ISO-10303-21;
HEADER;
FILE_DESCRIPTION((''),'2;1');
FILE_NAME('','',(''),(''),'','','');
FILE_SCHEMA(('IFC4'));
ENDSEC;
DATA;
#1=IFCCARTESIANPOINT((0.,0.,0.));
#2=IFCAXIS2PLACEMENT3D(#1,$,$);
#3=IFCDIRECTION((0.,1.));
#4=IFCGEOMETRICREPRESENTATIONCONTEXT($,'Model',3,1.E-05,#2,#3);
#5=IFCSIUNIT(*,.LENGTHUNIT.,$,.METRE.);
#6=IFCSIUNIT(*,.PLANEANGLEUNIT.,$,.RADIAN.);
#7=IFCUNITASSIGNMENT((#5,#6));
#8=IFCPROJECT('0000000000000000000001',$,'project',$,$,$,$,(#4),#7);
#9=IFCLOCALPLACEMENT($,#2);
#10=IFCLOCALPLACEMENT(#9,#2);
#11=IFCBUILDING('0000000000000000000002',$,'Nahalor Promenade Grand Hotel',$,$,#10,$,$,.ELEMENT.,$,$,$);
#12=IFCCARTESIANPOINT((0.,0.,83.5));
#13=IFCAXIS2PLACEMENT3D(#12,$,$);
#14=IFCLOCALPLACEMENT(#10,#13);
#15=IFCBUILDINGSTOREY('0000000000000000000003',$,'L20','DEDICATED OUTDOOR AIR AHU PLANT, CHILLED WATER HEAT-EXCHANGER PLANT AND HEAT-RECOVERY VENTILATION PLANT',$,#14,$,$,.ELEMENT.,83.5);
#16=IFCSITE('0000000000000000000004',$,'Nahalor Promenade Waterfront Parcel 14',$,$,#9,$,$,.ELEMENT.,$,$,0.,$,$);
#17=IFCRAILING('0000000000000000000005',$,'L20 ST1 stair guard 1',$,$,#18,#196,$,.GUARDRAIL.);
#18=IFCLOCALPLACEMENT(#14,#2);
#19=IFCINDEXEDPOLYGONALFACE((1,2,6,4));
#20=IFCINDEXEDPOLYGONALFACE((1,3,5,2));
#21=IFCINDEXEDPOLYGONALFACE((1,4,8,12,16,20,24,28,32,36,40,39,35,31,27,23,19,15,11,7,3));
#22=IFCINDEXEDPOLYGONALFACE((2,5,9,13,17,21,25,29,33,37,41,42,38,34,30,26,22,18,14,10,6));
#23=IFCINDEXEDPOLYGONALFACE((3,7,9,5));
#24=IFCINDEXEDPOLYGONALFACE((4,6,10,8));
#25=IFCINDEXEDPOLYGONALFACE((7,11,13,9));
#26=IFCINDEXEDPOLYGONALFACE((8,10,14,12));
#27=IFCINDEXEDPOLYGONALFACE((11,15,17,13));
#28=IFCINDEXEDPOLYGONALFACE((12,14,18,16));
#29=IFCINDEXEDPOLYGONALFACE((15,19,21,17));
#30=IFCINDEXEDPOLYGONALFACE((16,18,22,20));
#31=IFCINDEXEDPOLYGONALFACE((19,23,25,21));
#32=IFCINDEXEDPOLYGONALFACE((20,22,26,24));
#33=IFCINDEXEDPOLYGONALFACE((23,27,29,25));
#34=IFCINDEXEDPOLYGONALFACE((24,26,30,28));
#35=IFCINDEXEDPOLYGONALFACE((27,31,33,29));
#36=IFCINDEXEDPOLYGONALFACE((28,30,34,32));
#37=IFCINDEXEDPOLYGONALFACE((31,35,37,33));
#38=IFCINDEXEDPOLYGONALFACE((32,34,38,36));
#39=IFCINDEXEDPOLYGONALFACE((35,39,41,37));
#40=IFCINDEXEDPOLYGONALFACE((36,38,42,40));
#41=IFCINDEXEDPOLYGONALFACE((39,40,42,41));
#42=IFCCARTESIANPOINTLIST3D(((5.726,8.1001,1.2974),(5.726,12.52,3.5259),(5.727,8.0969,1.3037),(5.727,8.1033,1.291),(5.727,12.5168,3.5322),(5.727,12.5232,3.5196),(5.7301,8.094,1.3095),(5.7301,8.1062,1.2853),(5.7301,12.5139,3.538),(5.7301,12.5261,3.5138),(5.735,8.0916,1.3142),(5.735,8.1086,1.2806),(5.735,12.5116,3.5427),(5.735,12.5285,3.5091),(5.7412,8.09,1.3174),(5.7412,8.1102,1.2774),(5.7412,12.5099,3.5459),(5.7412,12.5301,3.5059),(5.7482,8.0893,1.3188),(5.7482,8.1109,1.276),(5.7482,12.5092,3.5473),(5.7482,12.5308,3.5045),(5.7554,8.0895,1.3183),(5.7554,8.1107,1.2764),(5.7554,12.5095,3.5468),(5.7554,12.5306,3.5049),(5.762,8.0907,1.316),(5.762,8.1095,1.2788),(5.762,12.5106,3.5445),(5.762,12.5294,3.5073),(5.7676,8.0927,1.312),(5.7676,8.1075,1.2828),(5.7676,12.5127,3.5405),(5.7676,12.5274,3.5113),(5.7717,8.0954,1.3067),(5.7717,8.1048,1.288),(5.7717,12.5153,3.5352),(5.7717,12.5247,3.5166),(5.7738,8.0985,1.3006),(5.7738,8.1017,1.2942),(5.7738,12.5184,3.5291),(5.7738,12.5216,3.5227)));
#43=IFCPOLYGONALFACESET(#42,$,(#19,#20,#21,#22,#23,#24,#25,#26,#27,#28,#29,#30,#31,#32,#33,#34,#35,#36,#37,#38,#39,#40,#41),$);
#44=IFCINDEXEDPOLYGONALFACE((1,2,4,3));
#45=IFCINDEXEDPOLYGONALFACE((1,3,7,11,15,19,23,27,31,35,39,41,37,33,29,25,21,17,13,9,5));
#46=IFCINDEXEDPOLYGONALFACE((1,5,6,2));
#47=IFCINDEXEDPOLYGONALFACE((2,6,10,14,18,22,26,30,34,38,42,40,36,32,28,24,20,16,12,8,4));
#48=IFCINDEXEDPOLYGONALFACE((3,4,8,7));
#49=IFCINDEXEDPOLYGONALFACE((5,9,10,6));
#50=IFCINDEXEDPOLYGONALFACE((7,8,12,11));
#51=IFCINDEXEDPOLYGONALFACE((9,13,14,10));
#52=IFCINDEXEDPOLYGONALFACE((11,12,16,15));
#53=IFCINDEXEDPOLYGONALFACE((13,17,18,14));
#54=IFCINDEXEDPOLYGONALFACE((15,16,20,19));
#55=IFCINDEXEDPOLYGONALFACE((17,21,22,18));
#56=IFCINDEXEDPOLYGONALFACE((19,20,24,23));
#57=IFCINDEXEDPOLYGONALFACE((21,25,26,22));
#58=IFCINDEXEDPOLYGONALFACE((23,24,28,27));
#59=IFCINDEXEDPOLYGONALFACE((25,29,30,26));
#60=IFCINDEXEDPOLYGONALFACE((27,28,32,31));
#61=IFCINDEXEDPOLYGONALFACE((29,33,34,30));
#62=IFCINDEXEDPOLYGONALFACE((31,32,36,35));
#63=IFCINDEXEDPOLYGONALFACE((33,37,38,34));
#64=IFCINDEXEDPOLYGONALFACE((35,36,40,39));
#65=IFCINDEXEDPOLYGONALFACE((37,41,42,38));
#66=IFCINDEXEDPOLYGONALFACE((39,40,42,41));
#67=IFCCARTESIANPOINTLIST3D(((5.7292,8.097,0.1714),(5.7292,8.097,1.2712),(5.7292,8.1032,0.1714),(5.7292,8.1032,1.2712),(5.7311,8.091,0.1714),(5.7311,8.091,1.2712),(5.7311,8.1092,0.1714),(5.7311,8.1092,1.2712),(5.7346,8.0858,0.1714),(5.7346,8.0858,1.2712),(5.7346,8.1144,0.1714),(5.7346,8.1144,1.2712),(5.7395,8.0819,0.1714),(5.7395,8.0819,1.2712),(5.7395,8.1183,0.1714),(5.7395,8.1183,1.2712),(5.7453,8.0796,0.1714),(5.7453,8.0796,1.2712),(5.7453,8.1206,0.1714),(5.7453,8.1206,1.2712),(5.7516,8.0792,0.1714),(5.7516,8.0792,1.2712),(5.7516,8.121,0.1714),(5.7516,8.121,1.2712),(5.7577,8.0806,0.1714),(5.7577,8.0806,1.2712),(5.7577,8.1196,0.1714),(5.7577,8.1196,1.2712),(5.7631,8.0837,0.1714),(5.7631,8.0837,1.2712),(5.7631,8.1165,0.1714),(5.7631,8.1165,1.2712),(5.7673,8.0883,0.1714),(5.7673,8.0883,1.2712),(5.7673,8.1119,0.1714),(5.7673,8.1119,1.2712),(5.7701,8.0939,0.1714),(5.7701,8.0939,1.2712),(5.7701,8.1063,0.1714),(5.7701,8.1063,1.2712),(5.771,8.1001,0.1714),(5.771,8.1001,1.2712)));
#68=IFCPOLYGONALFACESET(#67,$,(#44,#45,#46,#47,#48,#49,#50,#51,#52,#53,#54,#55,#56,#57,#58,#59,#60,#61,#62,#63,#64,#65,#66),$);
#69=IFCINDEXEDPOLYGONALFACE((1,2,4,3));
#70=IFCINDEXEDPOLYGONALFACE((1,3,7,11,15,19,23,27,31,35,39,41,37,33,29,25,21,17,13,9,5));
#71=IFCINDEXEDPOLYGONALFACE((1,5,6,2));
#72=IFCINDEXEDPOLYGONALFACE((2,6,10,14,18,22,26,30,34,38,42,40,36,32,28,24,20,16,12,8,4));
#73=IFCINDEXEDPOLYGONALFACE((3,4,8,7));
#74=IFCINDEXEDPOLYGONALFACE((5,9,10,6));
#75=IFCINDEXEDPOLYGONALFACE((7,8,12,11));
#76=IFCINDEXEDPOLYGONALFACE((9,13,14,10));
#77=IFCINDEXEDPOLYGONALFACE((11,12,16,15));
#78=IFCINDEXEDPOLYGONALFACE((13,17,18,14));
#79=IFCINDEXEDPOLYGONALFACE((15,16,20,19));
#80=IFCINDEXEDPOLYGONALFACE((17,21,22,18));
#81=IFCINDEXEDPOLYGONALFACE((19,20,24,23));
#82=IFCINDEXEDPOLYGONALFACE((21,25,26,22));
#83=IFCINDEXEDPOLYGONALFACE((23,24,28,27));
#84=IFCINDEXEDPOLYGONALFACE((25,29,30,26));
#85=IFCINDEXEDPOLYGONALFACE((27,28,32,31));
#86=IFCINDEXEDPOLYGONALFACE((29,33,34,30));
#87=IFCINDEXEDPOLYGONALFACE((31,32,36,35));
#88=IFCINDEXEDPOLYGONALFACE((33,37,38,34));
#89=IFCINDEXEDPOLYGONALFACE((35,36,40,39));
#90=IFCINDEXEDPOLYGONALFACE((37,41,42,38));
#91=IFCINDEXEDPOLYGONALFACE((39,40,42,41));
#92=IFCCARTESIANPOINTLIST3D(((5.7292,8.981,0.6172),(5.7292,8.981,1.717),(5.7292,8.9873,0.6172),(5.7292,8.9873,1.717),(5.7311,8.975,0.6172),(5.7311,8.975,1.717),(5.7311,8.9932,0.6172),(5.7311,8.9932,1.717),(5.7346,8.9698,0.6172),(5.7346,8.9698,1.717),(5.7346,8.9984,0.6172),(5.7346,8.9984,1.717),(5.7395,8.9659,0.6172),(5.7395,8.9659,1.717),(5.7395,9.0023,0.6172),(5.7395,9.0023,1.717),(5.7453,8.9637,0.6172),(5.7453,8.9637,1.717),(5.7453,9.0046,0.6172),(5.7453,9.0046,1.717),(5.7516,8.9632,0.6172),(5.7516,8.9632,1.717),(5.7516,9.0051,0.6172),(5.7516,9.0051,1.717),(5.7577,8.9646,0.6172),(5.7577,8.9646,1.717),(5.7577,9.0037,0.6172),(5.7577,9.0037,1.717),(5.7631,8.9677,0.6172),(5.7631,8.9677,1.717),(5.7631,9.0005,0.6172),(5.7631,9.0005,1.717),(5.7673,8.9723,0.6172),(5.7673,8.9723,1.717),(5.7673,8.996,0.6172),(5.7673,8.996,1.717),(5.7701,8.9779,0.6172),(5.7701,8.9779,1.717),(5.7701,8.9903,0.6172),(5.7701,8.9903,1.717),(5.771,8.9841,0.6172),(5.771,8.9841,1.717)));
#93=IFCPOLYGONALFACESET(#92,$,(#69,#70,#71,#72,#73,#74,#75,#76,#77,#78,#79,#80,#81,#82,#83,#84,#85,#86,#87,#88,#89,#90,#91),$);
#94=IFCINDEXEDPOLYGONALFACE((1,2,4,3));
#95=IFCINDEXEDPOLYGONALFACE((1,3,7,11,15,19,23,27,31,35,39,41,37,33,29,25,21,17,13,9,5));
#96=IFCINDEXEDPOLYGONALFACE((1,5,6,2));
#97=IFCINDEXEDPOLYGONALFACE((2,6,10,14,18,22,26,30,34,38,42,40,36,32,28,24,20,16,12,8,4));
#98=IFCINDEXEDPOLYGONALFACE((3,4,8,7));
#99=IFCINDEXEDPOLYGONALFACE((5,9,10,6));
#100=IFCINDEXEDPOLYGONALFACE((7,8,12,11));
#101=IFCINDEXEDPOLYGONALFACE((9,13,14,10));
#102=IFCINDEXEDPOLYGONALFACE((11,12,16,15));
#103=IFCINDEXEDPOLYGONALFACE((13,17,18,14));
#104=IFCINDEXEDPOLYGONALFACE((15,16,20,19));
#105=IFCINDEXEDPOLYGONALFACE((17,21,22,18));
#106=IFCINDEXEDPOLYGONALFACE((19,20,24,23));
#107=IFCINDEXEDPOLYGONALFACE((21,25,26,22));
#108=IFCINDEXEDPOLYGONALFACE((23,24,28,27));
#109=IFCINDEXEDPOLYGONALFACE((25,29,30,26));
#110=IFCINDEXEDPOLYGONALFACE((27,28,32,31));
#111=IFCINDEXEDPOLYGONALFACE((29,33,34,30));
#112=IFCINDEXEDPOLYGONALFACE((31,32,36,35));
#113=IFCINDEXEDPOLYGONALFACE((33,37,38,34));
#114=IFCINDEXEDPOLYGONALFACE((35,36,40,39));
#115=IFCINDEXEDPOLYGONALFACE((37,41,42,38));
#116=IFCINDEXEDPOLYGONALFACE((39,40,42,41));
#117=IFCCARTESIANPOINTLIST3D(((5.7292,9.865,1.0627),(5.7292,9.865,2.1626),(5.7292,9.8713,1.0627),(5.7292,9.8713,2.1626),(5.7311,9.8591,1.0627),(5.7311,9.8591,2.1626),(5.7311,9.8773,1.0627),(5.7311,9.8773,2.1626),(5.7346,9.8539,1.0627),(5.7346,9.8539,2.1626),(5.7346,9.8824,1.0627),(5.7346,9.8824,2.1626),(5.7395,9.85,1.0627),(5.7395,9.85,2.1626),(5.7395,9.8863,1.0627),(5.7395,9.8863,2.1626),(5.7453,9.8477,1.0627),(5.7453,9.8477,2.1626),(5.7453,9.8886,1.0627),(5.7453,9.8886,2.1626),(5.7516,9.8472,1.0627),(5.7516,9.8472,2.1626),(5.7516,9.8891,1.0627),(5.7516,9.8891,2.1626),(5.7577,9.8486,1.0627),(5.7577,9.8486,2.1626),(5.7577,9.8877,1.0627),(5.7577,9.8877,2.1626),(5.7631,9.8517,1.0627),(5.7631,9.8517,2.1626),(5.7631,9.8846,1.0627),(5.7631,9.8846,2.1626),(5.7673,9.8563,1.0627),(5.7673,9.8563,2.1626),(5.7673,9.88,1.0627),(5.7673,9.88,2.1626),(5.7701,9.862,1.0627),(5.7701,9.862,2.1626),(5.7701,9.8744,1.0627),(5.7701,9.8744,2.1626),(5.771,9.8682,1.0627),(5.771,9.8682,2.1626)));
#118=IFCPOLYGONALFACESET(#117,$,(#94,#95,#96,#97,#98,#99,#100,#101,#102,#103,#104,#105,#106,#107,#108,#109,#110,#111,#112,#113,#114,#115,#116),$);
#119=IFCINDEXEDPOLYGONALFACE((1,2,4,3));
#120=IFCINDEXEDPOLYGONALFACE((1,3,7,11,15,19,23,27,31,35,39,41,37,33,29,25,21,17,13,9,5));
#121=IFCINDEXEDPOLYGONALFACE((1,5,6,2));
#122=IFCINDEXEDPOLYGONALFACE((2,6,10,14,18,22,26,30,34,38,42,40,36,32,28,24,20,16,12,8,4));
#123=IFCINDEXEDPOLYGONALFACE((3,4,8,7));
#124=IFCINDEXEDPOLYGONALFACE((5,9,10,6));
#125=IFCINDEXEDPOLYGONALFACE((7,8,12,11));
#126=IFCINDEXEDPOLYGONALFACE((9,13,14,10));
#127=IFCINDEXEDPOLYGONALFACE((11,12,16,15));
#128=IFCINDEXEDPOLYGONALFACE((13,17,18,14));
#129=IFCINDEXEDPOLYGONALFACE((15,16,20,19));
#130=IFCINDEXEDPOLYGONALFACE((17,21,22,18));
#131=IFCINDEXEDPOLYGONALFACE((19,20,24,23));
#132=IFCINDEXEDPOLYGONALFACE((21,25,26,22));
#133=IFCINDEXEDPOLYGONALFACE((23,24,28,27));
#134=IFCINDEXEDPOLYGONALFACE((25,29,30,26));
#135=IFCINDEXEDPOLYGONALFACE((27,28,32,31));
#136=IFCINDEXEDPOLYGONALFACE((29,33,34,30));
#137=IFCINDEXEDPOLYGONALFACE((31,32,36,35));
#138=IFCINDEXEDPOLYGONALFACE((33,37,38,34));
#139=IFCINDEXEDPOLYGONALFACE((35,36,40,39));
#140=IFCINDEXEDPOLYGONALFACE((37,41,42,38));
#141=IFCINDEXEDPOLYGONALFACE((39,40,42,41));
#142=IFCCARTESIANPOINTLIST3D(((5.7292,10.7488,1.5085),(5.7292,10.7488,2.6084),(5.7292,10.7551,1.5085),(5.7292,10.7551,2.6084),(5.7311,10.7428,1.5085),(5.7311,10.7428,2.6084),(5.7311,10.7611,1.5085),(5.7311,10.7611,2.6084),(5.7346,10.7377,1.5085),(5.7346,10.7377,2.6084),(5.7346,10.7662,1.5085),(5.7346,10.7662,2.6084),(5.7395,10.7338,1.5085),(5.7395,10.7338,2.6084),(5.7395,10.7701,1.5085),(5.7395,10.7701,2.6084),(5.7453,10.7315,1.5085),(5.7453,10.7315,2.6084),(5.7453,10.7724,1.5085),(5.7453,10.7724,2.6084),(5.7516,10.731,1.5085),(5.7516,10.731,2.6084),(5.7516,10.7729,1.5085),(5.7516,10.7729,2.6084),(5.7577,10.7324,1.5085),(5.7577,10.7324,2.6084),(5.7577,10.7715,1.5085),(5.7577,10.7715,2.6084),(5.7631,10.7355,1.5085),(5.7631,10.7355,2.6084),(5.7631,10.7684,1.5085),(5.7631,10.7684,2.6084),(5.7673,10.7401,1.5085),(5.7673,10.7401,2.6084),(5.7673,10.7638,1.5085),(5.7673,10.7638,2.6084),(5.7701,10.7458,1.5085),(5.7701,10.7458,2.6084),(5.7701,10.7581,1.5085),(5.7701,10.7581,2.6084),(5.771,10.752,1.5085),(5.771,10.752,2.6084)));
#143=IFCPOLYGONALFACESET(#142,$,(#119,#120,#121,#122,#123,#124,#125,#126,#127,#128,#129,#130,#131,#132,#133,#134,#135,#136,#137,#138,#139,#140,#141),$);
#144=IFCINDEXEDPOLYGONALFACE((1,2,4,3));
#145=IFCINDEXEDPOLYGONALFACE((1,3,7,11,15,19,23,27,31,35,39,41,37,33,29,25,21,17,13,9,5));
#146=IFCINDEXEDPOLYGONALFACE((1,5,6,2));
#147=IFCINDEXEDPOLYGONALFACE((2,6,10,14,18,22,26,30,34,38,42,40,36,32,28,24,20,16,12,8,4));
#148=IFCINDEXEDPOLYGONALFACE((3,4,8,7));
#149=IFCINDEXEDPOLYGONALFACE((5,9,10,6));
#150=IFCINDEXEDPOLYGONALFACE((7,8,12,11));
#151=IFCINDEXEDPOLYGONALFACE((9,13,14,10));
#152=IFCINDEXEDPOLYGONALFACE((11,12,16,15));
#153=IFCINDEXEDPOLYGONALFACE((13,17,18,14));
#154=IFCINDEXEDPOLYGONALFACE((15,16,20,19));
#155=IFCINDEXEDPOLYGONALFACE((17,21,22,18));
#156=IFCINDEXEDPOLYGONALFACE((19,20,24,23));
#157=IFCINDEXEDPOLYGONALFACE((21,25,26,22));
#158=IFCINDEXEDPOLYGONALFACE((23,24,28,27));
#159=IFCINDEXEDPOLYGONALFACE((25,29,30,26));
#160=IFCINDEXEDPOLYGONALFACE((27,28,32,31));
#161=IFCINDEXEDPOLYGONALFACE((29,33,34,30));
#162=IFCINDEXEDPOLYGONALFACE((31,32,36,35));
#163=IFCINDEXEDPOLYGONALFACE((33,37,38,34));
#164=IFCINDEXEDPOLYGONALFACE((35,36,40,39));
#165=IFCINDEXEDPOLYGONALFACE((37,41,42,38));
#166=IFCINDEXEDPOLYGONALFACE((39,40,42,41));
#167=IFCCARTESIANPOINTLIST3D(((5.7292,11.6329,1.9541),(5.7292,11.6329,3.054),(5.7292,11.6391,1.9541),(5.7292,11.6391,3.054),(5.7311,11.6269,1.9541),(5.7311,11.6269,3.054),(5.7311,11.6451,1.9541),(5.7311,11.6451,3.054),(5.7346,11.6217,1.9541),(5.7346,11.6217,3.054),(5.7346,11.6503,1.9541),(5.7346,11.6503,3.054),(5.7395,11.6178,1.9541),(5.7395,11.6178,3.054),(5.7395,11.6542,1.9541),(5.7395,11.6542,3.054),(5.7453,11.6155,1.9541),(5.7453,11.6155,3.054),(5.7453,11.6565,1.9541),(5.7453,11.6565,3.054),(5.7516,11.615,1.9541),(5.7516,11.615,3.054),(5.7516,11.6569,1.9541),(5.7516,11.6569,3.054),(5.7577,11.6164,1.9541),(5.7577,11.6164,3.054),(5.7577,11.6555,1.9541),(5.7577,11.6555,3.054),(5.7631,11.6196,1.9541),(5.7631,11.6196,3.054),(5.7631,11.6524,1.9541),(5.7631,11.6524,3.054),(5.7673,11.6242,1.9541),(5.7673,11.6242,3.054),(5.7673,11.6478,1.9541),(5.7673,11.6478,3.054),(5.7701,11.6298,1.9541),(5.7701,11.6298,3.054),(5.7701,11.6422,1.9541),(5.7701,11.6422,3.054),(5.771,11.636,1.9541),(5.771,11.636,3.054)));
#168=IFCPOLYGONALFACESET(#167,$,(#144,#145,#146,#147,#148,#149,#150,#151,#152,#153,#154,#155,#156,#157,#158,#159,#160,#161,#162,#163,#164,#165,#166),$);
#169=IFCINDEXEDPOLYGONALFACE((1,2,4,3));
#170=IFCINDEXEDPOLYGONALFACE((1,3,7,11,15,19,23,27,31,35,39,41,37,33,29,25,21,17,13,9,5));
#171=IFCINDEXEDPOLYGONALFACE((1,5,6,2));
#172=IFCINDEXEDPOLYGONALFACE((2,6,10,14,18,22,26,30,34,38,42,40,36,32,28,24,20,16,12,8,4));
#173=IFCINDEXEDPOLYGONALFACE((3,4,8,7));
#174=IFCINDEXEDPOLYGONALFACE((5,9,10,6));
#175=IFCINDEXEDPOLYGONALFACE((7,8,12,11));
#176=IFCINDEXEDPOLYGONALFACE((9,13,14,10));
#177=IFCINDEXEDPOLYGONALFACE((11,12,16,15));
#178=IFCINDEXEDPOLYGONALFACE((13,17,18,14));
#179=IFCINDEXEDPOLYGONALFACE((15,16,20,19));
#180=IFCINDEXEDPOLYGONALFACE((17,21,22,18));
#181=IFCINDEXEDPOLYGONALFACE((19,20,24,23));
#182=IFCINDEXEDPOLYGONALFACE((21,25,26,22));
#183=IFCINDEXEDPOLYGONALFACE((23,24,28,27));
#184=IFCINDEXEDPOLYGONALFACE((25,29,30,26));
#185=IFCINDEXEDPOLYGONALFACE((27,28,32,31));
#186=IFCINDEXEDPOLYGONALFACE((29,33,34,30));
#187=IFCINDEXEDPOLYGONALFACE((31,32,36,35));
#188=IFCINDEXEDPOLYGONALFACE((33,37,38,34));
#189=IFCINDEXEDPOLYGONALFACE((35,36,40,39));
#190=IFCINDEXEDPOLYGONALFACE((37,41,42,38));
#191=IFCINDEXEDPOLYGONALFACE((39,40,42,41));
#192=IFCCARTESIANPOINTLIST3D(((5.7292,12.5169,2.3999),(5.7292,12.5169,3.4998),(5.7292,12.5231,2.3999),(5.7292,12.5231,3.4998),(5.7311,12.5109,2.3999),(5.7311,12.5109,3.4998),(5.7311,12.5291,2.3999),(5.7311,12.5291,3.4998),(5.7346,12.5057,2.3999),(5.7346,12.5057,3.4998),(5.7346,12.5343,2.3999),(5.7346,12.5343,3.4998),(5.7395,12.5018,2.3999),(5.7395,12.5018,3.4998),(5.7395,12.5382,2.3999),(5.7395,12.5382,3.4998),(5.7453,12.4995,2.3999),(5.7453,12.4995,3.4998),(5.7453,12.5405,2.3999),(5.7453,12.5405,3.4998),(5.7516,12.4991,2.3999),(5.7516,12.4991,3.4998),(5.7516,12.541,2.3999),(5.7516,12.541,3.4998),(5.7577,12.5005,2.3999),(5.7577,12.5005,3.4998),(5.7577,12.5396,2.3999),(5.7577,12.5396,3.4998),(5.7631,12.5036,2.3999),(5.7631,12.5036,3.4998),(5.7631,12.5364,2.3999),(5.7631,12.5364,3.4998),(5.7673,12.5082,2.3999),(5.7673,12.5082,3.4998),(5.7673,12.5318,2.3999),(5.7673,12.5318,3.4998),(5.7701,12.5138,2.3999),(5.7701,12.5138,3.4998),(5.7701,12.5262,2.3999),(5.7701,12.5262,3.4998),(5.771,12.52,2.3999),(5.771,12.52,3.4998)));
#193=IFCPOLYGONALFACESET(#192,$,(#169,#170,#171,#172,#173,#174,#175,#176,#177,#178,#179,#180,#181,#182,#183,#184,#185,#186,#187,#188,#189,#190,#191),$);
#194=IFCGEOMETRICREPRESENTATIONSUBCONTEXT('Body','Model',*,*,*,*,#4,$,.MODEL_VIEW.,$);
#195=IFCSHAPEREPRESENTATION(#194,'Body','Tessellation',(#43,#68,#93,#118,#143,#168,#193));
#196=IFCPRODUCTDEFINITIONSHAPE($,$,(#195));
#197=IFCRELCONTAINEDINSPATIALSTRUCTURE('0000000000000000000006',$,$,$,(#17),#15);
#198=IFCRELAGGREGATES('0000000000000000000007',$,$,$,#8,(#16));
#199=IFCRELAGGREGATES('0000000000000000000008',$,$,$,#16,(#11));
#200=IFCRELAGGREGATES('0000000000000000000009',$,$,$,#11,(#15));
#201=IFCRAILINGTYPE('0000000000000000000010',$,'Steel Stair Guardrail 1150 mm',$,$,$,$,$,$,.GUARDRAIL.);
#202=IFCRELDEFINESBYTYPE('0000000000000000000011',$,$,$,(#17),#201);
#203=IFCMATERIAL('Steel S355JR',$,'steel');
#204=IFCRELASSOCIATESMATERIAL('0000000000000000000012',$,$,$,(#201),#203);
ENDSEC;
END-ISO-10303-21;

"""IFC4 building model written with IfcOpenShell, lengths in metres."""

from ifc_helpers import new_model, si_unit, direction, frame, origin, origin_2d, place, context, subcontext, project, spatial, circle, extrude, material, type_object, element, save


model = new_model("IFC4")

# Units and contexts
model_context = context("Model", 3, precision=1e-05, world=origin(), true_north=direction((0.0, 1.0)))
body_context = subcontext(model_context, "Body", "Model", "MODEL_VIEW")
ifc_project = project(units=[si_unit("LENGTHUNIT", "METRE"), si_unit("PLANEANGLEUNIT", "RADIAN")], contexts=[model_context])

# Site, building, storey
site_placement = place(None, origin())
site = spatial("IfcSite", under=ifc_project, at=site_placement, Name="Nahalor Promenade Waterfront Parcel 14", CompositionType="ELEMENT", RefElevation=0.0)
building_placement = place(site_placement, origin())
building = spatial("IfcBuilding", under=site, at=building_placement, Name="Nahalor Promenade Grand Hotel", CompositionType="ELEMENT")
storey_placement = place(building_placement, frame((0.0, 0.0, 83.5)))
storey = spatial("IfcBuildingStorey", under=building, at=storey_placement, Name="L20", Description="DEDICATED OUTDOOR AIR AHU PLANT, CHILLED WATER HEAT-EXCHANGER PLANT AND HEAT-RECOVERY VENTILATION PLANT", CompositionType="ELEMENT", Elevation=83.5)

# Shared definitions
ifc_material_1 = material(Name="Steel S355JR", Category="steel")

# Railing
railing_type_1 = type_object("IfcRailingType", Name="Steel Stair Guardrail 1150 mm", PredefinedType="GUARDRAIL", material=ifc_material_1)
railing_1_placement = place(storey_placement, frame((5.75, 8.1001, 0.1714)))
element("IfcRailing", 1, at=railing_1_placement, inside=storey, type_object=railing_type_1, Name="L20 ST1 stair guard 1", PredefinedType="GUARDRAIL", context=body_context, shape_type="SweptSolid", body=[
    extrude(circle(Radius=0.024, at=origin_2d()), frame((0.0, 0.0, 1.126), z_axis=(0.0, 0.892923, 0.45021), x_axis=(-1.0, 0.0, 0.0)), (0.0, 0.0, 1.0), 4.95),
    extrude(circle(Radius=0.021, at=origin_2d()), origin(), (0.0, 0.0, 1.0), 1.0999),
    extrude(circle(Radius=0.021, at=origin_2d()), frame((0.0, 0.884, 0.4458)), (0.0, 0.0, 1.0), 1.0999),
    extrude(circle(Radius=0.021, at=origin_2d()), frame((0.0, 1.7681, 0.8914)), (0.0, 0.0, 1.0), 1.0999),
    extrude(circle(Radius=0.021, at=origin_2d()), frame((0.0, 2.6519, 1.3372)), (0.0, 0.0, 1.0), 1.0999),
    extrude(circle(Radius=0.021, at=origin_2d()), frame((0.0, 3.5359, 1.7827)), (0.0, 0.0, 1.0), 1.0999),
    extrude(circle(Radius=0.021, at=origin_2d()), frame((0.0, 4.4199, 2.2285)), (0.0, 0.0, 1.0), 1.0999),
])

save(model, "model.ifc")
